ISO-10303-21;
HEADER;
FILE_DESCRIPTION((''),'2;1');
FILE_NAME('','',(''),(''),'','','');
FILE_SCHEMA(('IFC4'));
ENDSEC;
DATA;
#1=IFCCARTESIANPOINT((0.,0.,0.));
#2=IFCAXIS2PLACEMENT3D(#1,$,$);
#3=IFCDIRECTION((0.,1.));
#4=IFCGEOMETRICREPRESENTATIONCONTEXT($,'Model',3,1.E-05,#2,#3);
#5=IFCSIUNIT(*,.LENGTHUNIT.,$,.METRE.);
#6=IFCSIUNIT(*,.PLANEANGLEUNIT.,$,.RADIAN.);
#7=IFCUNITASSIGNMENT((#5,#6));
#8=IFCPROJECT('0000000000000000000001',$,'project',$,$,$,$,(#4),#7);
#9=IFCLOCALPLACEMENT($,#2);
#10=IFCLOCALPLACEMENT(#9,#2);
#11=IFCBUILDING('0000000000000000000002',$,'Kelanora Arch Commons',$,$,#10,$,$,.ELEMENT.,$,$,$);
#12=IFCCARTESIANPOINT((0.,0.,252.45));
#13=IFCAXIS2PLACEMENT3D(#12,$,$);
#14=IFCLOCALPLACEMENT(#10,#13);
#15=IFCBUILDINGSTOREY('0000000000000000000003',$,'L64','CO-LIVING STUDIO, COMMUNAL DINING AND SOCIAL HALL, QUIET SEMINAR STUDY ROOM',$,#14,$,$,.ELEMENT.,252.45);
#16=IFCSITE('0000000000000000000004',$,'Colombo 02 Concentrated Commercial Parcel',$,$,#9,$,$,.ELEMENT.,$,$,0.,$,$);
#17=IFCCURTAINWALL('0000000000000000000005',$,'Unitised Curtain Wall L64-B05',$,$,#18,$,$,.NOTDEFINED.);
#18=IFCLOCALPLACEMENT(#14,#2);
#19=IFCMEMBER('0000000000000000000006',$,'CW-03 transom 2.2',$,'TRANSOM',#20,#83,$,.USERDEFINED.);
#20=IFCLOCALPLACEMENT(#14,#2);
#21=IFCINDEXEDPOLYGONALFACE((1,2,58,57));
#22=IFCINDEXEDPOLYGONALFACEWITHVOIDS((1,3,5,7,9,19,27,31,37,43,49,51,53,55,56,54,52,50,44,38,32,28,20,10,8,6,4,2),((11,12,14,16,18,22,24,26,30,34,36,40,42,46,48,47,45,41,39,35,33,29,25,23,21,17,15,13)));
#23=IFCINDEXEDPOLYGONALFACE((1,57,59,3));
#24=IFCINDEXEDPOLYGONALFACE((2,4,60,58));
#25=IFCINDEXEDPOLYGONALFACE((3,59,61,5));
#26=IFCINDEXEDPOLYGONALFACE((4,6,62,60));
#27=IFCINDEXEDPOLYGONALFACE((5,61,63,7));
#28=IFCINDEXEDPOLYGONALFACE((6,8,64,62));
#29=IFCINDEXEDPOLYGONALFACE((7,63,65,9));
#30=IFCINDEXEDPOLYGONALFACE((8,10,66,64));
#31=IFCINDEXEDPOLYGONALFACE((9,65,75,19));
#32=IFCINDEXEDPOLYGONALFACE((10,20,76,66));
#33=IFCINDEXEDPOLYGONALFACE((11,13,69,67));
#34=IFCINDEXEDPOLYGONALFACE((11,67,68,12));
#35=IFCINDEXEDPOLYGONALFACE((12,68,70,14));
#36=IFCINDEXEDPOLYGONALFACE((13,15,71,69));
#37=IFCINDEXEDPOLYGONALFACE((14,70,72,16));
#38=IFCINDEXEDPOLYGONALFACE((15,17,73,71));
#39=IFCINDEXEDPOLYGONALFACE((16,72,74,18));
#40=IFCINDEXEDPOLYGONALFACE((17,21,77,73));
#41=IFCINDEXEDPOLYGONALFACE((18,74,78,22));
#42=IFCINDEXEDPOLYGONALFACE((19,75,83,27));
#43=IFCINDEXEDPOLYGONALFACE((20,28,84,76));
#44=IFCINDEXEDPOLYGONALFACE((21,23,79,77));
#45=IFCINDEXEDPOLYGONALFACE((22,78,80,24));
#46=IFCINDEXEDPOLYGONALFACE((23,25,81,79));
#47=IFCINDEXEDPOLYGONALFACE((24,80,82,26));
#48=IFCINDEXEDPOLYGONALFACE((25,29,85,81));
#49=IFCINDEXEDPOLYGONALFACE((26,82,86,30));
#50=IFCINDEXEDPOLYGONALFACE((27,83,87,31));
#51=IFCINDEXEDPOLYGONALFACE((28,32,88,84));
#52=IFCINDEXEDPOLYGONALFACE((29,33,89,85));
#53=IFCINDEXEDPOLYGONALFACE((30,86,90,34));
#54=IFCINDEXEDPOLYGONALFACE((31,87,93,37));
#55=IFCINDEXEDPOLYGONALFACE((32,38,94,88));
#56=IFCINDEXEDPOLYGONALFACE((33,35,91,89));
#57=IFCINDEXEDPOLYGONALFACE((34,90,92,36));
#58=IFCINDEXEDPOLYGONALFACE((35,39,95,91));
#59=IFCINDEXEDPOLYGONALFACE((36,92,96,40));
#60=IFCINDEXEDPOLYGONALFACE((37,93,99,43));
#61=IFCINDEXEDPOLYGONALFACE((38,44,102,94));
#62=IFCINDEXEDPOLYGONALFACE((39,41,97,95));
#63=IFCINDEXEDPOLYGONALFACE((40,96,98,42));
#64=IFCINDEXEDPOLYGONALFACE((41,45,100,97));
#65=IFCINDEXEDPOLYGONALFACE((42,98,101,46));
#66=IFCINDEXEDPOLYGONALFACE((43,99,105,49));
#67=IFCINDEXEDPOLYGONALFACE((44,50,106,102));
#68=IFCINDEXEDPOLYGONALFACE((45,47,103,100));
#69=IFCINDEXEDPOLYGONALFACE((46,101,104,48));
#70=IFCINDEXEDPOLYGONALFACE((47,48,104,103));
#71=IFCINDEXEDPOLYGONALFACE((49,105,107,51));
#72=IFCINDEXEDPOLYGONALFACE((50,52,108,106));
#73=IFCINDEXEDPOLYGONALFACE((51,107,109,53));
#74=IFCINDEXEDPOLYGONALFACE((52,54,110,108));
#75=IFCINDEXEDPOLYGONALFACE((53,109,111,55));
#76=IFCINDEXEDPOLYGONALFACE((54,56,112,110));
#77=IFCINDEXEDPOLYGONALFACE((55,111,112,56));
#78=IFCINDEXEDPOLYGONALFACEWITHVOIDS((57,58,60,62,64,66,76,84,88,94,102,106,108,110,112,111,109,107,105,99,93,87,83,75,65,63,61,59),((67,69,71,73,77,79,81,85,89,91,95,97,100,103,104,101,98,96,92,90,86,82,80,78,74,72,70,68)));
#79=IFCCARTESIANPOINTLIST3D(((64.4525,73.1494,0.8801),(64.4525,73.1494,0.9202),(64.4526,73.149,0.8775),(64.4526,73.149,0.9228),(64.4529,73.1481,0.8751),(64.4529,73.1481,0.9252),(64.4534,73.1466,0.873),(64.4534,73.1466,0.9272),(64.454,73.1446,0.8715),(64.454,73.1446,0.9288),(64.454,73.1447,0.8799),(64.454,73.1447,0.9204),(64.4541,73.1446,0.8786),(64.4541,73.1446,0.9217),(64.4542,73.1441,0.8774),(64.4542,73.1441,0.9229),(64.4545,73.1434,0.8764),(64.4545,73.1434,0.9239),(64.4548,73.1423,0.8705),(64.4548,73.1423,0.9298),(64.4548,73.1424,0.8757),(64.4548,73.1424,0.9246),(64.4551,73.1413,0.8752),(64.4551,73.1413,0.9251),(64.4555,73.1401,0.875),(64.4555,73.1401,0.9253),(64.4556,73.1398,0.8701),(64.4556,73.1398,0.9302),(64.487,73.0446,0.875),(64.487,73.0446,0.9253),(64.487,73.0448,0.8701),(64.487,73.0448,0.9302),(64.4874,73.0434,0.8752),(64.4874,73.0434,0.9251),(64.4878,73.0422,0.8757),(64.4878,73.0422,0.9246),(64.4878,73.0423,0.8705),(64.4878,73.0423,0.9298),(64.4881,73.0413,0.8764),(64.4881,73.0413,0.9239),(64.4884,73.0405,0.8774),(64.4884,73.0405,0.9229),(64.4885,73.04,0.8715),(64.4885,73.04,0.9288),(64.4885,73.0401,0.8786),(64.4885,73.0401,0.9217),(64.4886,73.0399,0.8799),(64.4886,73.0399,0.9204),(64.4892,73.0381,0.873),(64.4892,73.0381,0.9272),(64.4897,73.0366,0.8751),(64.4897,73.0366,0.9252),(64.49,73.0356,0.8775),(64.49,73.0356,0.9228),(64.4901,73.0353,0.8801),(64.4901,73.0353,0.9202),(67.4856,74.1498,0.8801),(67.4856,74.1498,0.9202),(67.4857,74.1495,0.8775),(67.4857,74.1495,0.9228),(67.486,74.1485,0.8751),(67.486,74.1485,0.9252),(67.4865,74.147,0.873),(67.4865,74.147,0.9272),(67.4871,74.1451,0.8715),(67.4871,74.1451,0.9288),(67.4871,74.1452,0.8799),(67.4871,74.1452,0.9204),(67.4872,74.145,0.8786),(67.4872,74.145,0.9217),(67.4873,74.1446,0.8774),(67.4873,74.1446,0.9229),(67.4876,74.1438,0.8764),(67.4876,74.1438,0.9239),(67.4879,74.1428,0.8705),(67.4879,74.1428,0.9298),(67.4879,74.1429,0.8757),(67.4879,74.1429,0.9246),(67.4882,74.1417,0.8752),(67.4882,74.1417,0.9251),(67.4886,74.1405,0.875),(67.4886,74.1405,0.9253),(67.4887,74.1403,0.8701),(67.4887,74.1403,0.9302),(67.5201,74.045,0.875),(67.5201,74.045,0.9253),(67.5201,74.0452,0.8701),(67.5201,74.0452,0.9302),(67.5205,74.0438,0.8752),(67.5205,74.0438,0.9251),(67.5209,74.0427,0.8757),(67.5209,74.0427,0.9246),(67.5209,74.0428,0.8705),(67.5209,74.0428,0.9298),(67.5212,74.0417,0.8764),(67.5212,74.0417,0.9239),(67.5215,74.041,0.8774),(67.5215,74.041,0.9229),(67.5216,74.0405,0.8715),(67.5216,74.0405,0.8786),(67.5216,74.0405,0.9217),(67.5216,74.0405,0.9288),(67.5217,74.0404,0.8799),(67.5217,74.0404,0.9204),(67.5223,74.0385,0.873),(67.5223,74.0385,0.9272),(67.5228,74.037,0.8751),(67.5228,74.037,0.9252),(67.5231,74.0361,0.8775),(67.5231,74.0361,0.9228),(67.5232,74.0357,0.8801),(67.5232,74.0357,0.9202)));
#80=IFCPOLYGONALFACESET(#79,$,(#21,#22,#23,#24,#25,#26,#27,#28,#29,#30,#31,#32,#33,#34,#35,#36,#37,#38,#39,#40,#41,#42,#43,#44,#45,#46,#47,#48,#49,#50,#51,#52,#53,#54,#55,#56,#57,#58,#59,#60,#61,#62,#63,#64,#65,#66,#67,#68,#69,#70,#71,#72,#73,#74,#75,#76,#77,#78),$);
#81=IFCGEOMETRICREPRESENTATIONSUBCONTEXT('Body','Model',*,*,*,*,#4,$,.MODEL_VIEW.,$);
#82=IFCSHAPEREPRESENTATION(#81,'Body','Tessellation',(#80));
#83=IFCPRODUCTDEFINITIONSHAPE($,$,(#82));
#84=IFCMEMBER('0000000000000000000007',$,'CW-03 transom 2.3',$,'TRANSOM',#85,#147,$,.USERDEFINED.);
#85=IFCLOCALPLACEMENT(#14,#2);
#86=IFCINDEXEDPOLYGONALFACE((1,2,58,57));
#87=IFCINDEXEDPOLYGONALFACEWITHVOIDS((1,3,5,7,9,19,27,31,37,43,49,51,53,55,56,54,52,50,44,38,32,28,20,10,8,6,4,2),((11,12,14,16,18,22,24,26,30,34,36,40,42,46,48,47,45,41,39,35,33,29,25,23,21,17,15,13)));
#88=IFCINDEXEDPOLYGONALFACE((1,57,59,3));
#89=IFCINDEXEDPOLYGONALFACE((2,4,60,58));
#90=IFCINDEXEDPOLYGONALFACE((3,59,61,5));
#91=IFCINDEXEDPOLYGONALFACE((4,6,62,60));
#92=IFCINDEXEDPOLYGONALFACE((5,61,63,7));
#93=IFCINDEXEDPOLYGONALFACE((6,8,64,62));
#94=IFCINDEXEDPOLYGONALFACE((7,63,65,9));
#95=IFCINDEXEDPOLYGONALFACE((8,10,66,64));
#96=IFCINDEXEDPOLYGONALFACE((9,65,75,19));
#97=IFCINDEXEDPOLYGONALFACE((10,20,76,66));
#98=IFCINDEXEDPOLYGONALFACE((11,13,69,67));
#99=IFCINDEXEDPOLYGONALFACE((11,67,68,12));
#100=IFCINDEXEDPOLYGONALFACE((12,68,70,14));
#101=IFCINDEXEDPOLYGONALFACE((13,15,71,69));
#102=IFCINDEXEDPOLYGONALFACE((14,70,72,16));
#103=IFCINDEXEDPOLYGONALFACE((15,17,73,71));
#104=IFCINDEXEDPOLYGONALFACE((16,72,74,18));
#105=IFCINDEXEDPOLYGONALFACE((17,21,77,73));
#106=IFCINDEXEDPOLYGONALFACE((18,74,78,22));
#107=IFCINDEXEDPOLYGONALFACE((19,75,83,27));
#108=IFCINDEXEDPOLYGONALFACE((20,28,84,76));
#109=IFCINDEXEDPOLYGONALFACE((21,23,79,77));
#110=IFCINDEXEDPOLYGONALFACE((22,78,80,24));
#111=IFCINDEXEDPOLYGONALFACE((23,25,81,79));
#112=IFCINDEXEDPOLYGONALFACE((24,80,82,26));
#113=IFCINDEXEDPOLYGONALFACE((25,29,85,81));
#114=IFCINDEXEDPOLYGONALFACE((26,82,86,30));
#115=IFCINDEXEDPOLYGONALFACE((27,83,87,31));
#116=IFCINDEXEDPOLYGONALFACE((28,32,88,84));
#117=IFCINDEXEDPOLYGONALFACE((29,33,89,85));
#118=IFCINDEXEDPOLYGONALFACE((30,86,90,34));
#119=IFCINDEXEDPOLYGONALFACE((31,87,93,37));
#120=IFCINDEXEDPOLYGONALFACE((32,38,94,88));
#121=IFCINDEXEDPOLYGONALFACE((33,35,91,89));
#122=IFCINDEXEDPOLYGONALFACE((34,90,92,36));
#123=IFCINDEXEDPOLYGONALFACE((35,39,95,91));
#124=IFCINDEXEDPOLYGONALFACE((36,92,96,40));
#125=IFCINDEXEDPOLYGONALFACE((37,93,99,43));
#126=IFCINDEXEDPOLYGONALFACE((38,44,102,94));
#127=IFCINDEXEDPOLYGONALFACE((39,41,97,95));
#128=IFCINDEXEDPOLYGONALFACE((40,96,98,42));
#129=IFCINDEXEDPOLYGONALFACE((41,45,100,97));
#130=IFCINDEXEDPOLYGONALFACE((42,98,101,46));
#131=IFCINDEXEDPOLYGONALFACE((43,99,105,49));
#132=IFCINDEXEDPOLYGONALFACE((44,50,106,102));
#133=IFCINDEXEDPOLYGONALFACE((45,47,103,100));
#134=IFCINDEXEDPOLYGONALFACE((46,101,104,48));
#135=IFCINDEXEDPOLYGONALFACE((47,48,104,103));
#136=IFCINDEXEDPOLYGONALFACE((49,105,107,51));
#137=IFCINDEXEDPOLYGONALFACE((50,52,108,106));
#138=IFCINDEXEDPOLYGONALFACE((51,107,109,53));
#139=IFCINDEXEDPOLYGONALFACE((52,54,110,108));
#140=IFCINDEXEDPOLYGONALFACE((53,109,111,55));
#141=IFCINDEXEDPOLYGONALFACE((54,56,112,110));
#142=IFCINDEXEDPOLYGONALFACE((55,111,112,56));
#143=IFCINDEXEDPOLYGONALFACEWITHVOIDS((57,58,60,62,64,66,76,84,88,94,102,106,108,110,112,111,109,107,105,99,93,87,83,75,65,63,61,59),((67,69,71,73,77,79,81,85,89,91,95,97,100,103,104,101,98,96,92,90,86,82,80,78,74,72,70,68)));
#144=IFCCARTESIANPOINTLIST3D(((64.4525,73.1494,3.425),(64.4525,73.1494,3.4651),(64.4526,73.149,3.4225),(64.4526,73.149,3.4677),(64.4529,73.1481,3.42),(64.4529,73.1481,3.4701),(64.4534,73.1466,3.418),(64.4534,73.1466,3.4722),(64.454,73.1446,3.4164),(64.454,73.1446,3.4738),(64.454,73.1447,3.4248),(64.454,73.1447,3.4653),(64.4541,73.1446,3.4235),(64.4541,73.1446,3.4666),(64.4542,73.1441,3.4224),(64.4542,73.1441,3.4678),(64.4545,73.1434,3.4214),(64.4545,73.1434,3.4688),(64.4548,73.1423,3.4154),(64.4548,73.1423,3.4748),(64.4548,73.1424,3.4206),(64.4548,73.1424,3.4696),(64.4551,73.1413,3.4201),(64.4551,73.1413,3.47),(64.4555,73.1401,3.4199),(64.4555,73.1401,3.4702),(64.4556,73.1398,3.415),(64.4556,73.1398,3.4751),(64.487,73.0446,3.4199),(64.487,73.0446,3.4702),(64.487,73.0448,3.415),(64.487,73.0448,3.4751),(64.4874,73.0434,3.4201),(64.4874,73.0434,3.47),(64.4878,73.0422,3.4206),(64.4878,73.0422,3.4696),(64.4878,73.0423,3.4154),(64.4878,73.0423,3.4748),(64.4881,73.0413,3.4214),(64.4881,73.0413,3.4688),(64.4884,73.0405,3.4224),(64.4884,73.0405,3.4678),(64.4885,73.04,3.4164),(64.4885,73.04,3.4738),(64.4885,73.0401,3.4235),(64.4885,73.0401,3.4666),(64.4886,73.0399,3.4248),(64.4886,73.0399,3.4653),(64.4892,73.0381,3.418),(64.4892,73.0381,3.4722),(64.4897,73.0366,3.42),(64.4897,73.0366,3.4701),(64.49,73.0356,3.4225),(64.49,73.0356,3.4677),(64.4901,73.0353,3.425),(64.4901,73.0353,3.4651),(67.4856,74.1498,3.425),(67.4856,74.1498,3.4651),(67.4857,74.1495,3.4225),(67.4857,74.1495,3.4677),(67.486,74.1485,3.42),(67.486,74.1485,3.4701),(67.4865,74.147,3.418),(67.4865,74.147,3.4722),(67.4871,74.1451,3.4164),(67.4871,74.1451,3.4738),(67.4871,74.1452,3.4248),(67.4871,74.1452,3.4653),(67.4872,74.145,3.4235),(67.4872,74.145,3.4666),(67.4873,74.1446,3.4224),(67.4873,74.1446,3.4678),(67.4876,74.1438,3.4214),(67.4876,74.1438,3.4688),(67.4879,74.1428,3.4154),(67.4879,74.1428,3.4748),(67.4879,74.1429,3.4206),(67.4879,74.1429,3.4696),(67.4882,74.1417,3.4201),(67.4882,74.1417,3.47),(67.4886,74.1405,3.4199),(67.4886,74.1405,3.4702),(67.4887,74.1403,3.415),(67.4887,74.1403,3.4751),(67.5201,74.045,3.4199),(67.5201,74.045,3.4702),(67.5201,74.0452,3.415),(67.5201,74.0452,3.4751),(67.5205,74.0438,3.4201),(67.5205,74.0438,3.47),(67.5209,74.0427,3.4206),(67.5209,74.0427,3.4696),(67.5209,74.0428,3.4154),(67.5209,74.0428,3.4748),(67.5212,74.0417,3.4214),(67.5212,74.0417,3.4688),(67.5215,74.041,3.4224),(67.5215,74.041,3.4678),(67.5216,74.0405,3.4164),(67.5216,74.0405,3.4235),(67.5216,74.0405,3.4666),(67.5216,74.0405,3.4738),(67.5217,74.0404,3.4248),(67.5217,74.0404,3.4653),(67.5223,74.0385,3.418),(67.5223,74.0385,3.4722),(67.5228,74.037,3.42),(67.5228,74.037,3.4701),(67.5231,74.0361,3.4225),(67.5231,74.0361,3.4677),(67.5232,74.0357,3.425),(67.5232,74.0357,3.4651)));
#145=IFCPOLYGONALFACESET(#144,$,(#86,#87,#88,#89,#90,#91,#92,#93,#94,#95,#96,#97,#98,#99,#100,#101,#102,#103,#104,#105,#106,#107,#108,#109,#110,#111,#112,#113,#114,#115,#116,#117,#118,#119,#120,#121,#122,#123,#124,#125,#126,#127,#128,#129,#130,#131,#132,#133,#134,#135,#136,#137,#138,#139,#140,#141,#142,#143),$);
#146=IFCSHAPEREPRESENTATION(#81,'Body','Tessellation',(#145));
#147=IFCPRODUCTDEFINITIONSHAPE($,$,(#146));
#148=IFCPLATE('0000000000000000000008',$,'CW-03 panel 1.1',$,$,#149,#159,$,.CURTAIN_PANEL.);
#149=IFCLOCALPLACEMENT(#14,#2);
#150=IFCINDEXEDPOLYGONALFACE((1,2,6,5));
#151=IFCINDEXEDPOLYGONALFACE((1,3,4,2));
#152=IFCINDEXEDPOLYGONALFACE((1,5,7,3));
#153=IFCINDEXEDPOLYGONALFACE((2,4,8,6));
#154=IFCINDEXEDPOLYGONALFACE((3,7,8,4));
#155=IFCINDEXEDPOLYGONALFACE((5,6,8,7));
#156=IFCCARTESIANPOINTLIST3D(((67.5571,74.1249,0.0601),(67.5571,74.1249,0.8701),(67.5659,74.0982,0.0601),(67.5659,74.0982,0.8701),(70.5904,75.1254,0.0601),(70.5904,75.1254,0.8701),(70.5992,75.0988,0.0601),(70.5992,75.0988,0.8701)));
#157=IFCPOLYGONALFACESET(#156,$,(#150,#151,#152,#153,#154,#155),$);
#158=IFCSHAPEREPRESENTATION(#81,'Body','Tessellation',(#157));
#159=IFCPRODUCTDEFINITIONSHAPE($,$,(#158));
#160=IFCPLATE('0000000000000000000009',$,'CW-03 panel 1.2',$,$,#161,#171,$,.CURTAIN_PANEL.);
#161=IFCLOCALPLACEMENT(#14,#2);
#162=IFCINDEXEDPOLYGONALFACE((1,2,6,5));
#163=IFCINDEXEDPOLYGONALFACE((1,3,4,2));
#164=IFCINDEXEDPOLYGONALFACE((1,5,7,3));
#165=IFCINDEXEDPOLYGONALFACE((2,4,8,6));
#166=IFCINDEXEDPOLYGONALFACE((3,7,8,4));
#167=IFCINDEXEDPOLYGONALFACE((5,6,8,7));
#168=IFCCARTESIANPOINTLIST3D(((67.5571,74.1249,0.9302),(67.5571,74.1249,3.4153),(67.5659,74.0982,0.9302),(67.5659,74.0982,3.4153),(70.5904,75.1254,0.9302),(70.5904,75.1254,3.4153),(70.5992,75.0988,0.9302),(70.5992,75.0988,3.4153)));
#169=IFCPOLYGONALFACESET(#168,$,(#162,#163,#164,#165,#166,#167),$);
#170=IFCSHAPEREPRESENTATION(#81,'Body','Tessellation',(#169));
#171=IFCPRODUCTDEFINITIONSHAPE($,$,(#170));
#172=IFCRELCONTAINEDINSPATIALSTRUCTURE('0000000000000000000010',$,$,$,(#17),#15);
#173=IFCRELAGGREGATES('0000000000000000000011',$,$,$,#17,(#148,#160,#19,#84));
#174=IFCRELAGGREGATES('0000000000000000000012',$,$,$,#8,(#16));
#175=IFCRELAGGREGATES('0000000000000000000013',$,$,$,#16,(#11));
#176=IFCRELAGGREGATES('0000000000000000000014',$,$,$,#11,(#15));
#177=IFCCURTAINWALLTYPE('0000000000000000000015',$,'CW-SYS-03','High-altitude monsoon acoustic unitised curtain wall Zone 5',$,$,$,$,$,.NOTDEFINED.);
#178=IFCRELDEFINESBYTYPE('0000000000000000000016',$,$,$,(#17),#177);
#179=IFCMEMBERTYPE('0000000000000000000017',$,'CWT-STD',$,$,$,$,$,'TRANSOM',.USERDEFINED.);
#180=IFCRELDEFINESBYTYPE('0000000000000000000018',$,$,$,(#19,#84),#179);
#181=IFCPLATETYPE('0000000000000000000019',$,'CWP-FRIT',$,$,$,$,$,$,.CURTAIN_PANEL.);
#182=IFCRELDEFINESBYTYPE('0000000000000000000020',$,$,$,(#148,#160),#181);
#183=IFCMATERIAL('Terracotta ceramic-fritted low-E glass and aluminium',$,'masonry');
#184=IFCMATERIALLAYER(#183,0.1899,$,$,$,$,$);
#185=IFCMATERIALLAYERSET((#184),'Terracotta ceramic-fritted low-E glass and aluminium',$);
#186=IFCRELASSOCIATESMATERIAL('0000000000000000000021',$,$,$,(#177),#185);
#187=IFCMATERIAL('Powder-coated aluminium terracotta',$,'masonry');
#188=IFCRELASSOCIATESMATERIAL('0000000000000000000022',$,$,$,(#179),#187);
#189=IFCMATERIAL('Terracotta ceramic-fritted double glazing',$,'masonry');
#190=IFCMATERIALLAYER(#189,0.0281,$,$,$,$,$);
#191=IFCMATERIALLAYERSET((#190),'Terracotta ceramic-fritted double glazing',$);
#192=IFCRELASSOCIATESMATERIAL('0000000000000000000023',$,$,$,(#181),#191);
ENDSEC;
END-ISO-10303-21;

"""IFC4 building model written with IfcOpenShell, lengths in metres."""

from ifc_helpers import new_model, si_unit, direction, frame, origin, origin_2d, place, context, subcontext, project, spatial, rectangle, hollow_rectangle, extrude, source, transform, mapped, material, layer, layer_set, material_profile, profile_set, type_object, element, aggregate, save


model = new_model("IFC4")

# Units and contexts
model_context = context("Model", 3, precision=1e-05, world=origin(), true_north=direction((0.0, 1.0)))
body_context = subcontext(model_context, "Body", "Model", "MODEL_VIEW")
ifc_project = project(units=[si_unit("LENGTHUNIT", "METRE"), si_unit("PLANEANGLEUNIT", "RADIAN")], contexts=[model_context])

# Site, building, storey
site_placement = place(None, origin())
site = spatial("IfcSite", under=ifc_project, at=site_placement, Name="Colombo 02 Concentrated Commercial Parcel", CompositionType="ELEMENT", RefElevation=0.0)
building_placement = place(site_placement, origin())
building = spatial("IfcBuilding", under=site, at=building_placement, Name="Kelanora Arch Commons", CompositionType="ELEMENT")
storey_placement = place(building_placement, frame((0.0, 0.0, 252.45)))
storey = spatial("IfcBuildingStorey", under=building, at=storey_placement, Name="L64", Description="CO-LIVING STUDIO, COMMUNAL DINING AND SOCIAL HALL, QUIET SEMINAR STUDY ROOM", CompositionType="ELEMENT", Elevation=252.45)

# Curtain wall, members, plates
ifc_material_1 = material(Name="Terracotta ceramic-fritted low-E glass and aluminium", Category="masonry")
ifc_layer_1 = layer(ifc_material_1, 0.1899)
ifc_layer_set_1 = layer_set([ifc_layer_1], Name="Terracotta ceramic-fritted low-E glass and aluminium")
curtain_wall_type = type_object("IfcCurtainWallType", Name="CW-SYS-03", Description="High-altitude monsoon acoustic unitised curtain wall Zone 5", PredefinedType="NOTDEFINED", material=ifc_layer_set_1)
curtain_wall_placement = place(storey_placement, origin())
curtain_wall = element("IfcCurtainWall", 1, at=curtain_wall_placement, inside=storey, type_object=curtain_wall_type, Name="Unitised Curtain Wall L64-B05", PredefinedType="NOTDEFINED")
ifc_material_2 = material(Name="Powder-coated aluminium terracotta", Category="masonry")
ifc_material_profile_1 = material_profile(ifc_material_2, hollow_rectangle(XDim=0.1201, YDim=0.0601, WallThickness=0.0049, InnerFilletRadius=0.0049, OuterFilletRadius=0.01, at=origin_2d()), Name="CWT120x60")
ifc_profile_set_1 = profile_set([ifc_material_profile_1], Name="Powder-coated aluminium terracotta")
member_type_1 = type_object("IfcMemberType", Name="CWT-STD", ElementType="TRANSOM", PredefinedType="USERDEFINED", material=ifc_profile_set_1)
member_1_placement = place(storey_placement, frame((67.5044, 74.0928, 0.9001), z_axis=(-0.949672, -0.313245, 0.0), x_axis=(0.313245, -0.949672, 0.0)))
member_1 = element("IfcMember", 2, at=member_1_placement, type_object=member_type_1, Name="CW-03 transom 2.2", ObjectType="TRANSOM", PredefinedType="USERDEFINED", context=body_context, shape_type="SweptSolid", body=[
    extrude(hollow_rectangle(XDim=0.1201, YDim=0.0601, WallThickness=0.0049, InnerFilletRadius=0.0049, OuterFilletRadius=0.01, at=origin_2d()), origin(), (0.0, 0.0, 1.0), 3.1938),
])
member_2_placement = place(storey_placement, frame((67.5044, 74.0928, 3.4451), z_axis=(-0.949672, -0.313245, 0.0), x_axis=(0.313245, -0.949672, 0.0)))
member_2 = element("IfcMember", 3, at=member_2_placement, type_object=member_type_1, Name="CW-03 transom 2.3", ObjectType="TRANSOM", PredefinedType="USERDEFINED", context=body_context, shape_type="SweptSolid", body=[
    extrude(hollow_rectangle(XDim=0.1201, YDim=0.0601, WallThickness=0.0049, InnerFilletRadius=0.0049, OuterFilletRadius=0.01, at=origin_2d()), origin(), (0.0, 0.0, 1.0), 3.1938),
])
ifc_material_3 = material(Name="Terracotta ceramic-fritted double glazing", Category="masonry")
ifc_layer_2 = layer(ifc_material_3, 0.0281)
ifc_layer_set_2 = layer_set([ifc_layer_2], Name="Terracotta ceramic-fritted double glazing")
plate_type = type_object("IfcPlateType", Name="CWP-FRIT", PredefinedType="CURTAIN_PANEL", material=ifc_layer_set_2)
shared_shape_1 = source(origin(), body_context, "Body", "SweptSolid", [
    extrude(rectangle(XDim=3.1941, YDim=0.0281, at=origin_2d()), origin(), (0.0, 0.0, 1.0), 0.8101),
])
plate_1_placement = place(storey_placement, frame((69.0781, 74.6118, 0.0601), z_axis=(0.0, 0.0, 1.0), x_axis=(-0.94967, -0.313253, 0.0)))
plate_1 = element("IfcPlate", 4, at=plate_1_placement, type_object=plate_type, Name="CW-03 panel 1.1", PredefinedType="CURTAIN_PANEL", context=body_context, shape_type="MappedRepresentation", body=[
    mapped(shared_shape_1, transform((0.0, 0.0, 0.0), scale=1.0)),
])
shared_shape_2 = source(origin(), body_context, "Body", "SweptSolid", [
    extrude(rectangle(XDim=3.1941, YDim=0.0281, at=origin_2d()), origin(), (0.0, 0.0, 1.0), 2.4851),
])
plate_2_placement = place(storey_placement, frame((69.0781, 74.6118, 0.9302), z_axis=(0.0, 0.0, 1.0), x_axis=(-0.94967, -0.313253, 0.0)))
plate_2 = element("IfcPlate", 5, at=plate_2_placement, type_object=plate_type, Name="CW-03 panel 1.2", PredefinedType="CURTAIN_PANEL", context=body_context, shape_type="MappedRepresentation", body=[
    mapped(shared_shape_2, transform((0.0, 0.0, 0.0), scale=1.0)),
])
aggregate(curtain_wall, [plate_1, plate_2, member_1, member_2])

save(model, "model.ifc")
